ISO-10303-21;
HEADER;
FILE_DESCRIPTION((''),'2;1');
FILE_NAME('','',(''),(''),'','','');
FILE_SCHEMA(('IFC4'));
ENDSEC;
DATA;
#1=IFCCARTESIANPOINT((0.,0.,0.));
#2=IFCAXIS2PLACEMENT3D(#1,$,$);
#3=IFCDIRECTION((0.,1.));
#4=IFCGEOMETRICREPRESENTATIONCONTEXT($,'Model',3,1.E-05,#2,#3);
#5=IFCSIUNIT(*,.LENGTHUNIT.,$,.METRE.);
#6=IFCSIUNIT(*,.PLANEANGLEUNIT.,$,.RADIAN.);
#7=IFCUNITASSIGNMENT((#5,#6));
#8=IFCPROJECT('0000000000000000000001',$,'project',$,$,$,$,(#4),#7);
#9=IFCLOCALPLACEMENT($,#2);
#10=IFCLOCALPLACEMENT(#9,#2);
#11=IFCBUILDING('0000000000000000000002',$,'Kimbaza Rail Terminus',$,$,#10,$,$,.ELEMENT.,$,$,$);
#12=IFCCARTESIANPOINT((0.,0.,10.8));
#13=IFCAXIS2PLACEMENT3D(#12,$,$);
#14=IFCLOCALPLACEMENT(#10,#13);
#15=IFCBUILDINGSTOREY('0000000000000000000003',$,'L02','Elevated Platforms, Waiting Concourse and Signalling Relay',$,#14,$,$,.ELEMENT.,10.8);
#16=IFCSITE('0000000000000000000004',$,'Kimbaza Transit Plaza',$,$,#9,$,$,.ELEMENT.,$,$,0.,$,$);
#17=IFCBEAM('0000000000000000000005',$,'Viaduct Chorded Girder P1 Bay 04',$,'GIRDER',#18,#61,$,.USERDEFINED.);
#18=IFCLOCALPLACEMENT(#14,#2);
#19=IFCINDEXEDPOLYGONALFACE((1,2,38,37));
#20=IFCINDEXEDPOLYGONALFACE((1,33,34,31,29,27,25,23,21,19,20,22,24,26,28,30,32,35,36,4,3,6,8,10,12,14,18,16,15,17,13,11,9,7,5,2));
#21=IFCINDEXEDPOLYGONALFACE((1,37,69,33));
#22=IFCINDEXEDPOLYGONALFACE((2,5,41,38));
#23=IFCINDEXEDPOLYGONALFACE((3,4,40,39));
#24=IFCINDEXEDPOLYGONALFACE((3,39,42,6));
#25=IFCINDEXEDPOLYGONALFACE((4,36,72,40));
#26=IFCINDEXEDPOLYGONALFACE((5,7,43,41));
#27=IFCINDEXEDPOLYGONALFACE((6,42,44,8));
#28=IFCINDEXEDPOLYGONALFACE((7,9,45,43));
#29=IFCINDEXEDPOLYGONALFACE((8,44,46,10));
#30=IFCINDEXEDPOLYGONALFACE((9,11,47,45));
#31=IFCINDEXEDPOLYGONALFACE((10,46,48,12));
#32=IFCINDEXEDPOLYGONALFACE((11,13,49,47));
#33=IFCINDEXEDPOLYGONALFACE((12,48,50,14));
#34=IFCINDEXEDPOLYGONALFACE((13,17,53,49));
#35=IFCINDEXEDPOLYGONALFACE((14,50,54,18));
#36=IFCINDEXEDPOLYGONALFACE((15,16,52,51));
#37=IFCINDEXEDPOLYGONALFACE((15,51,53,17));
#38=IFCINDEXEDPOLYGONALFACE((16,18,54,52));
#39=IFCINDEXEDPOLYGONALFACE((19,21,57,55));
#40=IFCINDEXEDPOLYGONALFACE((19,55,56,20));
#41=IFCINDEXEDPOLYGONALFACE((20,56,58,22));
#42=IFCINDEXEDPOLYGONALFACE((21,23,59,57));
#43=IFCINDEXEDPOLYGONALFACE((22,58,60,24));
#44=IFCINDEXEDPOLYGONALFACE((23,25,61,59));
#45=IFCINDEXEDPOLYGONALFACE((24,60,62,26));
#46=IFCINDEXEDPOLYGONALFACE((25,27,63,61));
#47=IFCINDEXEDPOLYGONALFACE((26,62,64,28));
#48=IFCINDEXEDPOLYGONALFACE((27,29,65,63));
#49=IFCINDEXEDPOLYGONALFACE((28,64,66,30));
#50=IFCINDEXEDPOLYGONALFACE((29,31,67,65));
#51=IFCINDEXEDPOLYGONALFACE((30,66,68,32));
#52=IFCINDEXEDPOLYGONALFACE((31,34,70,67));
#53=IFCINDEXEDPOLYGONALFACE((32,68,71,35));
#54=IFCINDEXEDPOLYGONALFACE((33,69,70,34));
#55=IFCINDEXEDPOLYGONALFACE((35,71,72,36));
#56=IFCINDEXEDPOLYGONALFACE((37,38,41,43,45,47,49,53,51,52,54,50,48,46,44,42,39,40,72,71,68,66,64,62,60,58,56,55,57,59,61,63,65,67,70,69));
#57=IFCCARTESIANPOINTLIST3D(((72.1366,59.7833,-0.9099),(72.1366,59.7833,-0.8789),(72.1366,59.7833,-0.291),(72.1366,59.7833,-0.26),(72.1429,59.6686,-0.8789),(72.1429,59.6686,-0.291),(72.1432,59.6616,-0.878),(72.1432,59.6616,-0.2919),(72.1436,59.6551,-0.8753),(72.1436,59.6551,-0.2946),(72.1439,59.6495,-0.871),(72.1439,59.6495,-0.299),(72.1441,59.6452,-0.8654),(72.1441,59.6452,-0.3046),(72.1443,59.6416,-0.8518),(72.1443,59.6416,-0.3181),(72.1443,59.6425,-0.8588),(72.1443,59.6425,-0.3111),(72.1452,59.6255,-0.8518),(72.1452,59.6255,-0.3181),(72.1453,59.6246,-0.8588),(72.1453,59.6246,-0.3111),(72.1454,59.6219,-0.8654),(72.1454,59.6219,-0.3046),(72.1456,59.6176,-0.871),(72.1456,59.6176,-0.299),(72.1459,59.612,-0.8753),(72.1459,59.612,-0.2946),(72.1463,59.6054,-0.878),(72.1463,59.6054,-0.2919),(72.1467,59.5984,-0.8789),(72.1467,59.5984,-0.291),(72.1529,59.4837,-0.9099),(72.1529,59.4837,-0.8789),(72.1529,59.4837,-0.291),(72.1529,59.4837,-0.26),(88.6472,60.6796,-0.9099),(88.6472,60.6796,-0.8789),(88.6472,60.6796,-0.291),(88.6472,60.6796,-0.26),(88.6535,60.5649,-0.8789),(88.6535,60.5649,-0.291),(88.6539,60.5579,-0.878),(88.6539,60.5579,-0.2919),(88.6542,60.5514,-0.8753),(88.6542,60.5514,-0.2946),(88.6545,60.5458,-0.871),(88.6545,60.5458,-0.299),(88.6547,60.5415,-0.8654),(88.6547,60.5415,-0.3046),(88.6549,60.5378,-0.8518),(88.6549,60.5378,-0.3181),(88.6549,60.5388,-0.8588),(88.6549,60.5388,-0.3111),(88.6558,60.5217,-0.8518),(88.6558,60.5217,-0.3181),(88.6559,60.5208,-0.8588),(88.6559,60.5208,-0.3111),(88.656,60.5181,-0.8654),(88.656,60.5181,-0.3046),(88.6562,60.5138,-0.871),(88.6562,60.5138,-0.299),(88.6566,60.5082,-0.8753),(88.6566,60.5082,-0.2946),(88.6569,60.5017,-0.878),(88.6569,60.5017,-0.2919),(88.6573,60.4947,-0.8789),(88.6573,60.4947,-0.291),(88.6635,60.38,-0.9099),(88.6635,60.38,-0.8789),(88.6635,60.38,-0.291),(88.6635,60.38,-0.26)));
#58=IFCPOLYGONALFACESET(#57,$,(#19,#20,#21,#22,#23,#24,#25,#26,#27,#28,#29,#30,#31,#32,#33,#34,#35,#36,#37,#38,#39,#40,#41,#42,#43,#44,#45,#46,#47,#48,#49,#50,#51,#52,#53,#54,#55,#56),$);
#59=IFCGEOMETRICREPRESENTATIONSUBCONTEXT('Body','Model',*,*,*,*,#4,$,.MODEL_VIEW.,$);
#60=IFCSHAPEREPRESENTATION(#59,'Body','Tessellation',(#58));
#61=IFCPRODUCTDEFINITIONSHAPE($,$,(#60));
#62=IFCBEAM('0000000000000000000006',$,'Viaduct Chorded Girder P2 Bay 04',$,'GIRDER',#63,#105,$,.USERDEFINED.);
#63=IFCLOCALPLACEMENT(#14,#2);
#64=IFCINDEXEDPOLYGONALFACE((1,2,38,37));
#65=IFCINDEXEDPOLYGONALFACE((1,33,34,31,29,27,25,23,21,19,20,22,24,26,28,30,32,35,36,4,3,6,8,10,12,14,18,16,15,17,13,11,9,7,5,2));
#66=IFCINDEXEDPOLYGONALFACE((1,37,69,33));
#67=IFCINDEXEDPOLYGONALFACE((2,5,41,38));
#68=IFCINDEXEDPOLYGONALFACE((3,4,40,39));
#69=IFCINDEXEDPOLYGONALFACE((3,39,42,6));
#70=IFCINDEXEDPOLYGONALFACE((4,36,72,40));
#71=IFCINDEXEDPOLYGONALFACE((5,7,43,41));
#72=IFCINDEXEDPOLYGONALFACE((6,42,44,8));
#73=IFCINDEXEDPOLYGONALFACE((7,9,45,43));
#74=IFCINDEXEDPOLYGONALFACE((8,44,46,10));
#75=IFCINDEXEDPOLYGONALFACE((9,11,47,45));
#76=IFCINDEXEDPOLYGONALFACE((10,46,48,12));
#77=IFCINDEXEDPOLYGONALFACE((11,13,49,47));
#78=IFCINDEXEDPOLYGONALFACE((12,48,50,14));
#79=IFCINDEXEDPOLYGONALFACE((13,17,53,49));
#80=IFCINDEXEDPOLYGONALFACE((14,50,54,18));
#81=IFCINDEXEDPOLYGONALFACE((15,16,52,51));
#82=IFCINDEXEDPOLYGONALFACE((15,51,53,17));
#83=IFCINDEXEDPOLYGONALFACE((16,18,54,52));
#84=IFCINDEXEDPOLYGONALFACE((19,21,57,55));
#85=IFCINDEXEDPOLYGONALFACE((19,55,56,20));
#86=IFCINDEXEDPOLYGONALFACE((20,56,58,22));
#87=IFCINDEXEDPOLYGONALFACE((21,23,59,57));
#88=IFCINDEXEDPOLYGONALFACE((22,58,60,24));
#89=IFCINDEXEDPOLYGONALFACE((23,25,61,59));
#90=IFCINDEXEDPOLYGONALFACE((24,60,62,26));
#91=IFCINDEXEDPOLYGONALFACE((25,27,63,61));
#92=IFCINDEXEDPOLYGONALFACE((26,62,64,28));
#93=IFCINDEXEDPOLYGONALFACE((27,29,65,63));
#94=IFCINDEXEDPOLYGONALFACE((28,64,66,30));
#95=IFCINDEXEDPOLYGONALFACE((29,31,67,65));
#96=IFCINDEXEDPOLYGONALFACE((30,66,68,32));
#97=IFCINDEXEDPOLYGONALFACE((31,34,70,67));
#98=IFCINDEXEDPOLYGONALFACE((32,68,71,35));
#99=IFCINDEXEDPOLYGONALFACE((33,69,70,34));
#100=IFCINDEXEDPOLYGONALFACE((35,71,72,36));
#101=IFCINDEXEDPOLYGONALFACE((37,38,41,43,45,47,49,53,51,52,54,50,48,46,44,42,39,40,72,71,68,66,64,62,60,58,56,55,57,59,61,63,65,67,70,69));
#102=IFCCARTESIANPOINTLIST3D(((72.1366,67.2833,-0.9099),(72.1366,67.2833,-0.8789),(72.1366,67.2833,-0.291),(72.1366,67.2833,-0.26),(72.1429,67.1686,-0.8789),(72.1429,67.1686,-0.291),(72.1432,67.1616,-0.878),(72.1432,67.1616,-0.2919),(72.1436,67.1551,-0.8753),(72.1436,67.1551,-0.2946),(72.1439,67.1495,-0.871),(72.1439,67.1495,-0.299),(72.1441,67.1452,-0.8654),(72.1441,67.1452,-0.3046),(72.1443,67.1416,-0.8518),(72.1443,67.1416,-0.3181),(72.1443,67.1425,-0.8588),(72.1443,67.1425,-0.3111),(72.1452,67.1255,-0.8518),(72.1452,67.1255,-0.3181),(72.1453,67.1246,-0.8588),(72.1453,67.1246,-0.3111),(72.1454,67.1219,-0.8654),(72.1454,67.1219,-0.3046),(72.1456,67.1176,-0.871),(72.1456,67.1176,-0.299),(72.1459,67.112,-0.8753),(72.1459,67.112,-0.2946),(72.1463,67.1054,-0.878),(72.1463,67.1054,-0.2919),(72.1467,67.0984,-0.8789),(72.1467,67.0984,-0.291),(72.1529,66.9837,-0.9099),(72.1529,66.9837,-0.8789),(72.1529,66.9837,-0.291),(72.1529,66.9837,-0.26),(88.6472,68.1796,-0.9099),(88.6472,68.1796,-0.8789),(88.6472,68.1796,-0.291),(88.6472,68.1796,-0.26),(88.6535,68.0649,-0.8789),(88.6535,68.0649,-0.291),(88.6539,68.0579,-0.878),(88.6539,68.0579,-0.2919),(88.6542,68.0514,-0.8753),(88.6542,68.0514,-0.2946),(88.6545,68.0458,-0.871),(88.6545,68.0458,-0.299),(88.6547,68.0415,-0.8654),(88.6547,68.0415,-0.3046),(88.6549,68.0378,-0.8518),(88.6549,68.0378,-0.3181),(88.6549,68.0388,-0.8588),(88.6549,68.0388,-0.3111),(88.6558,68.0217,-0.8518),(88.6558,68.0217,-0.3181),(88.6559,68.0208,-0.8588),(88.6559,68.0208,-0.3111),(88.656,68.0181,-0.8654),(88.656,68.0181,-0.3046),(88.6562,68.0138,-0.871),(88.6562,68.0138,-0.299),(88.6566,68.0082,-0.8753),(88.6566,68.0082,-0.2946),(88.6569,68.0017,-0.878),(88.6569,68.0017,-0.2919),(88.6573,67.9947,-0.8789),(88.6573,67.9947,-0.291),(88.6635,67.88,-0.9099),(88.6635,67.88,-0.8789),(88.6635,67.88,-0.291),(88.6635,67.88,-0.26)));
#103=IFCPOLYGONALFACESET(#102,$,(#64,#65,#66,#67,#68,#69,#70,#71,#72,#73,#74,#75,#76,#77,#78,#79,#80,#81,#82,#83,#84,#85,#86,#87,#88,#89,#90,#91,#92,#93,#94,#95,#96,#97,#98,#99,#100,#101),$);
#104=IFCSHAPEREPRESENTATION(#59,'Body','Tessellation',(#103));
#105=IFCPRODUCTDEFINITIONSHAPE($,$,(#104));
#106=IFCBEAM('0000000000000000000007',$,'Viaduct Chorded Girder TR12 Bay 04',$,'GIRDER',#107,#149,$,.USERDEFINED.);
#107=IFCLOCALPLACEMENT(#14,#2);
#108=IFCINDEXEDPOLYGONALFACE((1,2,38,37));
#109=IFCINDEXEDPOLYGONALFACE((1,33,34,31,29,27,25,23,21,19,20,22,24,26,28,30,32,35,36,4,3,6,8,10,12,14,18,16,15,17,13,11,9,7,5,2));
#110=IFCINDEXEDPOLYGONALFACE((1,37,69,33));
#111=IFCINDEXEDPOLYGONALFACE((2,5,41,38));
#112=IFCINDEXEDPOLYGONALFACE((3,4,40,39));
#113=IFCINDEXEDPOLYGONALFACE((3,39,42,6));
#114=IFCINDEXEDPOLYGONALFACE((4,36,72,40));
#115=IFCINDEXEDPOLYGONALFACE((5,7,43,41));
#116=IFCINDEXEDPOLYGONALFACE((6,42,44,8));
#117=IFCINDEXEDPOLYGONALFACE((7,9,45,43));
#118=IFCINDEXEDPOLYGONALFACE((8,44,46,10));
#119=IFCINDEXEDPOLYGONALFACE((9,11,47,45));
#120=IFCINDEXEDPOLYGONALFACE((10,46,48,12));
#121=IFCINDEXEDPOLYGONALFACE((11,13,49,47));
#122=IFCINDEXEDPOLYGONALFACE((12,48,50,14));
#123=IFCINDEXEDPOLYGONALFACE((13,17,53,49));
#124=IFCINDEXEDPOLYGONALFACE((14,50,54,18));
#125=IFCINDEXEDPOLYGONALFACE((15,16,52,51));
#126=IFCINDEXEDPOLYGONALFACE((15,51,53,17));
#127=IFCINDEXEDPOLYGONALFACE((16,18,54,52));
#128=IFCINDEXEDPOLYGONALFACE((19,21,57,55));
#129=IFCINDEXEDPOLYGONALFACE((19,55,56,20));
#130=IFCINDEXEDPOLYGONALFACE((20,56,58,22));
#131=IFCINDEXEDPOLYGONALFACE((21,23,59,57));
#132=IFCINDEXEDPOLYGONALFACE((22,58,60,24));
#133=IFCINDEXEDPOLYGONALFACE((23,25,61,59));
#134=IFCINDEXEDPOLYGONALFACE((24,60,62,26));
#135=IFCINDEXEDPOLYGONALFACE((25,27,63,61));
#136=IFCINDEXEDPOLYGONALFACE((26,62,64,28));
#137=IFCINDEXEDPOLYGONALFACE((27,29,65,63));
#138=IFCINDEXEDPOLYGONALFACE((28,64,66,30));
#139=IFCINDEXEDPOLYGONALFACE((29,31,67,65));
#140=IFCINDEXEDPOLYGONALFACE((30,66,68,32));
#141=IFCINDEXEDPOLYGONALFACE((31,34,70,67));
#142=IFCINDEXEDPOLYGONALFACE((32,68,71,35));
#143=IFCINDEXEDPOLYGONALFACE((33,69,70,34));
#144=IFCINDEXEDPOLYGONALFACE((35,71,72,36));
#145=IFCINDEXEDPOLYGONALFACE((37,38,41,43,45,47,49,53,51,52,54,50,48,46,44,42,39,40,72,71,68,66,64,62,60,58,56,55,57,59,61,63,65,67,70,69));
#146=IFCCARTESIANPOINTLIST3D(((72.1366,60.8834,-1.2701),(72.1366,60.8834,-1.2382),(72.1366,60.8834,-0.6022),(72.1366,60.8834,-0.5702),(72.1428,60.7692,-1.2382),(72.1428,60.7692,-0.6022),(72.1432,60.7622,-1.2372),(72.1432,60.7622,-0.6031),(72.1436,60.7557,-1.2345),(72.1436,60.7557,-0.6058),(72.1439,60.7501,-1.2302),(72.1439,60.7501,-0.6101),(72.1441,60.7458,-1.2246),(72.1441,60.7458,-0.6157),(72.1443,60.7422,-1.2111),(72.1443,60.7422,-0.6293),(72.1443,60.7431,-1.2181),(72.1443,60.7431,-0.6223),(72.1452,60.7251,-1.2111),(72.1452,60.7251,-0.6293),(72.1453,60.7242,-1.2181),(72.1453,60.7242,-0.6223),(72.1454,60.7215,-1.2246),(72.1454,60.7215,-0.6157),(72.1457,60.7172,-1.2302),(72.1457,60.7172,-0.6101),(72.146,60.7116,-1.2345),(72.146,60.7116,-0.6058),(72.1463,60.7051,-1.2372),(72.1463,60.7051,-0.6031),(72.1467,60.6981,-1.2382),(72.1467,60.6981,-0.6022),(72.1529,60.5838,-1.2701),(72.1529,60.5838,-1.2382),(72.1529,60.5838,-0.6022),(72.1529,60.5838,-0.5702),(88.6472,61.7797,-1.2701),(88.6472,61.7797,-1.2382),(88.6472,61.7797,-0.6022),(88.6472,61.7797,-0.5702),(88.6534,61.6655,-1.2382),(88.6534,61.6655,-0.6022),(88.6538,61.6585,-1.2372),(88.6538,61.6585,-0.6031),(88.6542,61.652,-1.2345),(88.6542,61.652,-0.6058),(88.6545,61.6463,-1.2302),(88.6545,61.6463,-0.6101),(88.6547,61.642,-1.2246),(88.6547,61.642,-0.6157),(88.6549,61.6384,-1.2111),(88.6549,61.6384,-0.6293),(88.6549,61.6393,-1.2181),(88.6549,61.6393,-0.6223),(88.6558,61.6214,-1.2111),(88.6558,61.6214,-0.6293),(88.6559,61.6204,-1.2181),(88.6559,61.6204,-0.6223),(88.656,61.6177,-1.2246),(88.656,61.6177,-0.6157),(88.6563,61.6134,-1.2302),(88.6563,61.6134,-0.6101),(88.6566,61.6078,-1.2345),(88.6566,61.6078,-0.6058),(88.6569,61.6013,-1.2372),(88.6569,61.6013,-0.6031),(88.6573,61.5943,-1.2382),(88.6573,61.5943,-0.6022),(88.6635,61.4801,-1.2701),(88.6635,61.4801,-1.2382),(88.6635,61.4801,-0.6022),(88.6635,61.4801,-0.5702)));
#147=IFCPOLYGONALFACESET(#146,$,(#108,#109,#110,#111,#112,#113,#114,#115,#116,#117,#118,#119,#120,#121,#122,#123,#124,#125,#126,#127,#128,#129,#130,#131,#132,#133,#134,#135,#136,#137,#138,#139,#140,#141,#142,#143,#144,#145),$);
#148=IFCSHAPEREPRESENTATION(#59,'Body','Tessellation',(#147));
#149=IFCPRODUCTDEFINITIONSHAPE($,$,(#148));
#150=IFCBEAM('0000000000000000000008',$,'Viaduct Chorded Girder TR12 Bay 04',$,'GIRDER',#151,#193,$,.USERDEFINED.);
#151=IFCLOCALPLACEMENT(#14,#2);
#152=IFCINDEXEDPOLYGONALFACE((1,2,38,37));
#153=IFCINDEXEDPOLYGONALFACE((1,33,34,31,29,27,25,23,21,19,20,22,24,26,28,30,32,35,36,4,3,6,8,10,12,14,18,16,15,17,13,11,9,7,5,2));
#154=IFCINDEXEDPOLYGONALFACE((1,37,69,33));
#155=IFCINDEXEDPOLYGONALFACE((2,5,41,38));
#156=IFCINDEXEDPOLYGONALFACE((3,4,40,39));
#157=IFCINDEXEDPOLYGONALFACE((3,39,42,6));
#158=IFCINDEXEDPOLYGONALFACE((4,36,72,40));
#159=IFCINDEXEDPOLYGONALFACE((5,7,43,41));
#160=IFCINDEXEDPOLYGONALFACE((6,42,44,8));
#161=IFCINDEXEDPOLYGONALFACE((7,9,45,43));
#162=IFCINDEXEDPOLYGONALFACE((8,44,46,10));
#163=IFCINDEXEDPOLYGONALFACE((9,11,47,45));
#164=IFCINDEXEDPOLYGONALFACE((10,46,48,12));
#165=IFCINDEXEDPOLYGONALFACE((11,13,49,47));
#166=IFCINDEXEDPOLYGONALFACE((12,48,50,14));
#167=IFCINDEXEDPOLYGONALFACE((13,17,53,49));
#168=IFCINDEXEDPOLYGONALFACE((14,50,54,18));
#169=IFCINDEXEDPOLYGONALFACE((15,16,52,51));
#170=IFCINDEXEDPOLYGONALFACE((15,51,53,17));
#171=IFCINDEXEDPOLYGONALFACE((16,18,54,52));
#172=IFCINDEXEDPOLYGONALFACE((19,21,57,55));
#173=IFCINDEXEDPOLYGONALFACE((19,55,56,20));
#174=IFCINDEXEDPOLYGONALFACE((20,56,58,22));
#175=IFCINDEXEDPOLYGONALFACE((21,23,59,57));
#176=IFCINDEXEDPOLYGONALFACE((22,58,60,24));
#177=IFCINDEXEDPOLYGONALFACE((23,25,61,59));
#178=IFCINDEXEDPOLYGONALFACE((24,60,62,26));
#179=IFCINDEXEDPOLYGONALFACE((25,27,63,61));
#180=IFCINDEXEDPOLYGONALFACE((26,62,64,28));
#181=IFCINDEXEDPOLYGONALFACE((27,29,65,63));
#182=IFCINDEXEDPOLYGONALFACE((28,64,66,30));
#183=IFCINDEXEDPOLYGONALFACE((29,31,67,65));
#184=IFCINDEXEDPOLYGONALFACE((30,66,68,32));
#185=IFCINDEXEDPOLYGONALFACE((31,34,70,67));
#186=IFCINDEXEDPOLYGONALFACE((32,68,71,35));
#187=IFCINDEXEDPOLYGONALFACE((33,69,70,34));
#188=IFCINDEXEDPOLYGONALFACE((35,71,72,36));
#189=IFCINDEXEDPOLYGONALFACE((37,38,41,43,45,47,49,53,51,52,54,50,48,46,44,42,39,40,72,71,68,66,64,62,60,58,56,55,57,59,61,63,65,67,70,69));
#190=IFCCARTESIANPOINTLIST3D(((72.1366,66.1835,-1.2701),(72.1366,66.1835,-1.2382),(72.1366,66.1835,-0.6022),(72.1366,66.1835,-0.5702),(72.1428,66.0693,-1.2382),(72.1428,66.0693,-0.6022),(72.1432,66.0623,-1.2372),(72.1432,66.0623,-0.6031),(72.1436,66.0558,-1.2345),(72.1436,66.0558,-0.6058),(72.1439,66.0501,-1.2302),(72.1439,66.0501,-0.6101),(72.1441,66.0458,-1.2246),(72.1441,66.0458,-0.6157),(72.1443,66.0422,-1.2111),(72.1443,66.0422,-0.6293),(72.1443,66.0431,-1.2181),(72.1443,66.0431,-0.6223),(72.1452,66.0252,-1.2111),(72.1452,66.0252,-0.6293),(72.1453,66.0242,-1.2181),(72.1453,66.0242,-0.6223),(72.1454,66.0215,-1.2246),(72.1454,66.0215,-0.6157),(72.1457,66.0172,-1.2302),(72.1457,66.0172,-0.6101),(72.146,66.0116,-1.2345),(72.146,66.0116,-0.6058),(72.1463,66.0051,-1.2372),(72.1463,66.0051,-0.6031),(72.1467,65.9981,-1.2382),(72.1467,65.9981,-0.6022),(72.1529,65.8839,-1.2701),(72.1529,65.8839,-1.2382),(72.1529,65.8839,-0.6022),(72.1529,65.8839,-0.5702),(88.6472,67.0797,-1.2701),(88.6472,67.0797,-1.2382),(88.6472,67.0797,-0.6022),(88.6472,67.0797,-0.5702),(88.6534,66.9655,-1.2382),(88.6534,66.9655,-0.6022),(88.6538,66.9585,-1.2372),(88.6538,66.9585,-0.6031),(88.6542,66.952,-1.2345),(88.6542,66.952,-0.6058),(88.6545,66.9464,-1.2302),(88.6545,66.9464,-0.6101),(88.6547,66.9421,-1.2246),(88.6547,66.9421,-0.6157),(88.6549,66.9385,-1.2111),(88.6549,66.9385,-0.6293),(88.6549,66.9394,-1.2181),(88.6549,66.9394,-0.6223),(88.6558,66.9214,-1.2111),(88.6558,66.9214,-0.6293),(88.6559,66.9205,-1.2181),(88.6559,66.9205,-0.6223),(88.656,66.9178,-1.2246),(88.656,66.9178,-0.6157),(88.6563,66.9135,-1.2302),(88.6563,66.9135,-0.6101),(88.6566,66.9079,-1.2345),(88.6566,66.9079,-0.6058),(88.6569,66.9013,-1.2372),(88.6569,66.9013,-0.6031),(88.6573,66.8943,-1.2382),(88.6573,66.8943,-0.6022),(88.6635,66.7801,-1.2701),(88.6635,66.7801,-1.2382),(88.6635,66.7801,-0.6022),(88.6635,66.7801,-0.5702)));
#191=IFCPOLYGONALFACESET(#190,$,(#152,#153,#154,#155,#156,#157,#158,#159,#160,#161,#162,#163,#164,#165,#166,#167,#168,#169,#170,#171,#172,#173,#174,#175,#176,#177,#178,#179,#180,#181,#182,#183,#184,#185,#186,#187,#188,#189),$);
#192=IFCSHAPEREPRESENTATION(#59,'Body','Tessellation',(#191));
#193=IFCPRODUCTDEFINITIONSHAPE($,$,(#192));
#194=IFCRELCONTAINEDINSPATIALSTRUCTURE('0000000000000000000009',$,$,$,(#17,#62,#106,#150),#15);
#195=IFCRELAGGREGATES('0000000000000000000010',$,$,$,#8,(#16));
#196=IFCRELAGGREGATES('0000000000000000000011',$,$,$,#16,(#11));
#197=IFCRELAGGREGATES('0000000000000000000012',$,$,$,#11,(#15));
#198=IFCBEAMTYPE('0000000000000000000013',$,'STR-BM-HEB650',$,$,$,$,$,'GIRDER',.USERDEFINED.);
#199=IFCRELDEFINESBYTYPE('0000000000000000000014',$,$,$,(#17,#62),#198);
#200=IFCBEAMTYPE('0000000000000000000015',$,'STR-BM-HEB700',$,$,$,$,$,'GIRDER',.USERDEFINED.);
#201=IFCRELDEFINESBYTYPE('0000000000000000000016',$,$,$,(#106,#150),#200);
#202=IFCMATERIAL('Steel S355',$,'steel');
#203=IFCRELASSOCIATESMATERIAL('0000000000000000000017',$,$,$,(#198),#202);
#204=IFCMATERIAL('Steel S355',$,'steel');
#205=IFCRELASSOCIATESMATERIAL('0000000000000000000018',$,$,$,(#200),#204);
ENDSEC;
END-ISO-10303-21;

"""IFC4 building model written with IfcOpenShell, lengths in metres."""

from ifc_helpers import new_model, si_unit, direction, frame, origin, origin_2d, place, context, subcontext, project, spatial, i_section, extrude, material, material_profile, profile_set, type_object, element, save


model = new_model("IFC4")

# Units and contexts
model_context = context("Model", 3, precision=1e-05, world=origin(), true_north=direction((0.0, 1.0)))
body_context = subcontext(model_context, "Body", "Model", "MODEL_VIEW")
ifc_project = project(units=[si_unit("LENGTHUNIT", "METRE"), si_unit("PLANEANGLEUNIT", "RADIAN")], contexts=[model_context])

# Site, building, storey
site_placement = place(None, origin())
site = spatial("IfcSite", under=ifc_project, at=site_placement, Name="Kimbaza Transit Plaza", CompositionType="ELEMENT", RefElevation=0.0)
building_placement = place(site_placement, origin())
building = spatial("IfcBuilding", under=site, at=building_placement, Name="Kimbaza Rail Terminus", CompositionType="ELEMENT")
storey_placement = place(building_placement, frame((0.0, 0.0, 10.8)))
storey = spatial("IfcBuildingStorey", under=building, at=storey_placement, Name="L02", Description="Elevated Platforms, Waiting Concourse and Signalling Relay", CompositionType="ELEMENT", Elevation=10.8)

# Beams
ifc_material_1 = material(Name="Steel S355", Category="steel")
ifc_material_profile_1 = material_profile(ifc_material_1, i_section(OverallWidth=0.3, OverallDepth=0.6499, WebThickness=0.0161, FlangeThickness=0.031, FilletRadius=0.0271, at=origin_2d()), Name="HEB 650")
ifc_profile_set_1 = profile_set([ifc_material_profile_1], Name="Steel S355")
beam_type_1 = type_object("IfcBeamType", Name="STR-BM-HEB650", ElementType="GIRDER", PredefinedType="USERDEFINED", material=ifc_profile_set_1)
for number, where, z_axis, x_axis, name in (
    (1, (72.1448, 59.6335, -0.585), (0.99853, 0.054203, 0.0), (-0.054203, 0.99853, 0.0), "Viaduct Chorded Girder P1 Bay 04"),
    (2, (72.1448, 67.1335, -0.585), (0.99853, 0.054203, 0.0), (-0.054203, 0.99853, 0.0), "Viaduct Chorded Girder P2 Bay 04"),
):
    element("IfcBeam", number, at=place(storey_placement, frame(where, z_axis=z_axis, x_axis=x_axis)), inside=storey, type_object=beam_type_1, Name=name, ObjectType="GIRDER", PredefinedType="USERDEFINED", context=body_context, shape_type="SweptSolid", body=[
        extrude(i_section(OverallWidth=0.3, OverallDepth=0.6499, WebThickness=0.0161, FlangeThickness=0.031, FilletRadius=0.0271, at=origin_2d()), origin(), (0.0, 0.0, 1.0), 16.5349),
    ])
ifc_material_2 = material(Name="Steel S355", Category="steel")
ifc_material_profile_2 = material_profile(ifc_material_2, i_section(OverallWidth=0.3, OverallDepth=0.7, WebThickness=0.0171, FlangeThickness=0.032, FilletRadius=0.0271, at=origin_2d()), Name="HEB 700")
ifc_profile_set_2 = profile_set([ifc_material_profile_2], Name="Steel S355")
beam_type_2 = type_object("IfcBeamType", Name="STR-BM-HEB700", ElementType="GIRDER", PredefinedType="USERDEFINED", material=ifc_profile_set_2)
for number, where, z_axis, x_axis, name in (
    (3, (72.1448, 60.7336, -0.9202), (0.99853, 0.054203, 0.0), (-0.054203, 0.99853, 0.0), "Viaduct Chorded Girder TR12 Bay 04"),
    (4, (72.1448, 66.0337, -0.9202), (0.99853, 0.054203, 0.0), (-0.054203, 0.99853, 0.0), "Viaduct Chorded Girder TR12 Bay 04"),
):
    element("IfcBeam", number, at=place(storey_placement, frame(where, z_axis=z_axis, x_axis=x_axis)), inside=storey, type_object=beam_type_2, Name=name, ObjectType="GIRDER", PredefinedType="USERDEFINED", context=body_context, shape_type="SweptSolid", body=[
        extrude(i_section(OverallWidth=0.3, OverallDepth=0.7, WebThickness=0.0171, FlangeThickness=0.032, FilletRadius=0.0271, at=origin_2d()), origin(), (0.0, 0.0, 1.0), 16.5349),
    ])

save(model, "model.ifc")
